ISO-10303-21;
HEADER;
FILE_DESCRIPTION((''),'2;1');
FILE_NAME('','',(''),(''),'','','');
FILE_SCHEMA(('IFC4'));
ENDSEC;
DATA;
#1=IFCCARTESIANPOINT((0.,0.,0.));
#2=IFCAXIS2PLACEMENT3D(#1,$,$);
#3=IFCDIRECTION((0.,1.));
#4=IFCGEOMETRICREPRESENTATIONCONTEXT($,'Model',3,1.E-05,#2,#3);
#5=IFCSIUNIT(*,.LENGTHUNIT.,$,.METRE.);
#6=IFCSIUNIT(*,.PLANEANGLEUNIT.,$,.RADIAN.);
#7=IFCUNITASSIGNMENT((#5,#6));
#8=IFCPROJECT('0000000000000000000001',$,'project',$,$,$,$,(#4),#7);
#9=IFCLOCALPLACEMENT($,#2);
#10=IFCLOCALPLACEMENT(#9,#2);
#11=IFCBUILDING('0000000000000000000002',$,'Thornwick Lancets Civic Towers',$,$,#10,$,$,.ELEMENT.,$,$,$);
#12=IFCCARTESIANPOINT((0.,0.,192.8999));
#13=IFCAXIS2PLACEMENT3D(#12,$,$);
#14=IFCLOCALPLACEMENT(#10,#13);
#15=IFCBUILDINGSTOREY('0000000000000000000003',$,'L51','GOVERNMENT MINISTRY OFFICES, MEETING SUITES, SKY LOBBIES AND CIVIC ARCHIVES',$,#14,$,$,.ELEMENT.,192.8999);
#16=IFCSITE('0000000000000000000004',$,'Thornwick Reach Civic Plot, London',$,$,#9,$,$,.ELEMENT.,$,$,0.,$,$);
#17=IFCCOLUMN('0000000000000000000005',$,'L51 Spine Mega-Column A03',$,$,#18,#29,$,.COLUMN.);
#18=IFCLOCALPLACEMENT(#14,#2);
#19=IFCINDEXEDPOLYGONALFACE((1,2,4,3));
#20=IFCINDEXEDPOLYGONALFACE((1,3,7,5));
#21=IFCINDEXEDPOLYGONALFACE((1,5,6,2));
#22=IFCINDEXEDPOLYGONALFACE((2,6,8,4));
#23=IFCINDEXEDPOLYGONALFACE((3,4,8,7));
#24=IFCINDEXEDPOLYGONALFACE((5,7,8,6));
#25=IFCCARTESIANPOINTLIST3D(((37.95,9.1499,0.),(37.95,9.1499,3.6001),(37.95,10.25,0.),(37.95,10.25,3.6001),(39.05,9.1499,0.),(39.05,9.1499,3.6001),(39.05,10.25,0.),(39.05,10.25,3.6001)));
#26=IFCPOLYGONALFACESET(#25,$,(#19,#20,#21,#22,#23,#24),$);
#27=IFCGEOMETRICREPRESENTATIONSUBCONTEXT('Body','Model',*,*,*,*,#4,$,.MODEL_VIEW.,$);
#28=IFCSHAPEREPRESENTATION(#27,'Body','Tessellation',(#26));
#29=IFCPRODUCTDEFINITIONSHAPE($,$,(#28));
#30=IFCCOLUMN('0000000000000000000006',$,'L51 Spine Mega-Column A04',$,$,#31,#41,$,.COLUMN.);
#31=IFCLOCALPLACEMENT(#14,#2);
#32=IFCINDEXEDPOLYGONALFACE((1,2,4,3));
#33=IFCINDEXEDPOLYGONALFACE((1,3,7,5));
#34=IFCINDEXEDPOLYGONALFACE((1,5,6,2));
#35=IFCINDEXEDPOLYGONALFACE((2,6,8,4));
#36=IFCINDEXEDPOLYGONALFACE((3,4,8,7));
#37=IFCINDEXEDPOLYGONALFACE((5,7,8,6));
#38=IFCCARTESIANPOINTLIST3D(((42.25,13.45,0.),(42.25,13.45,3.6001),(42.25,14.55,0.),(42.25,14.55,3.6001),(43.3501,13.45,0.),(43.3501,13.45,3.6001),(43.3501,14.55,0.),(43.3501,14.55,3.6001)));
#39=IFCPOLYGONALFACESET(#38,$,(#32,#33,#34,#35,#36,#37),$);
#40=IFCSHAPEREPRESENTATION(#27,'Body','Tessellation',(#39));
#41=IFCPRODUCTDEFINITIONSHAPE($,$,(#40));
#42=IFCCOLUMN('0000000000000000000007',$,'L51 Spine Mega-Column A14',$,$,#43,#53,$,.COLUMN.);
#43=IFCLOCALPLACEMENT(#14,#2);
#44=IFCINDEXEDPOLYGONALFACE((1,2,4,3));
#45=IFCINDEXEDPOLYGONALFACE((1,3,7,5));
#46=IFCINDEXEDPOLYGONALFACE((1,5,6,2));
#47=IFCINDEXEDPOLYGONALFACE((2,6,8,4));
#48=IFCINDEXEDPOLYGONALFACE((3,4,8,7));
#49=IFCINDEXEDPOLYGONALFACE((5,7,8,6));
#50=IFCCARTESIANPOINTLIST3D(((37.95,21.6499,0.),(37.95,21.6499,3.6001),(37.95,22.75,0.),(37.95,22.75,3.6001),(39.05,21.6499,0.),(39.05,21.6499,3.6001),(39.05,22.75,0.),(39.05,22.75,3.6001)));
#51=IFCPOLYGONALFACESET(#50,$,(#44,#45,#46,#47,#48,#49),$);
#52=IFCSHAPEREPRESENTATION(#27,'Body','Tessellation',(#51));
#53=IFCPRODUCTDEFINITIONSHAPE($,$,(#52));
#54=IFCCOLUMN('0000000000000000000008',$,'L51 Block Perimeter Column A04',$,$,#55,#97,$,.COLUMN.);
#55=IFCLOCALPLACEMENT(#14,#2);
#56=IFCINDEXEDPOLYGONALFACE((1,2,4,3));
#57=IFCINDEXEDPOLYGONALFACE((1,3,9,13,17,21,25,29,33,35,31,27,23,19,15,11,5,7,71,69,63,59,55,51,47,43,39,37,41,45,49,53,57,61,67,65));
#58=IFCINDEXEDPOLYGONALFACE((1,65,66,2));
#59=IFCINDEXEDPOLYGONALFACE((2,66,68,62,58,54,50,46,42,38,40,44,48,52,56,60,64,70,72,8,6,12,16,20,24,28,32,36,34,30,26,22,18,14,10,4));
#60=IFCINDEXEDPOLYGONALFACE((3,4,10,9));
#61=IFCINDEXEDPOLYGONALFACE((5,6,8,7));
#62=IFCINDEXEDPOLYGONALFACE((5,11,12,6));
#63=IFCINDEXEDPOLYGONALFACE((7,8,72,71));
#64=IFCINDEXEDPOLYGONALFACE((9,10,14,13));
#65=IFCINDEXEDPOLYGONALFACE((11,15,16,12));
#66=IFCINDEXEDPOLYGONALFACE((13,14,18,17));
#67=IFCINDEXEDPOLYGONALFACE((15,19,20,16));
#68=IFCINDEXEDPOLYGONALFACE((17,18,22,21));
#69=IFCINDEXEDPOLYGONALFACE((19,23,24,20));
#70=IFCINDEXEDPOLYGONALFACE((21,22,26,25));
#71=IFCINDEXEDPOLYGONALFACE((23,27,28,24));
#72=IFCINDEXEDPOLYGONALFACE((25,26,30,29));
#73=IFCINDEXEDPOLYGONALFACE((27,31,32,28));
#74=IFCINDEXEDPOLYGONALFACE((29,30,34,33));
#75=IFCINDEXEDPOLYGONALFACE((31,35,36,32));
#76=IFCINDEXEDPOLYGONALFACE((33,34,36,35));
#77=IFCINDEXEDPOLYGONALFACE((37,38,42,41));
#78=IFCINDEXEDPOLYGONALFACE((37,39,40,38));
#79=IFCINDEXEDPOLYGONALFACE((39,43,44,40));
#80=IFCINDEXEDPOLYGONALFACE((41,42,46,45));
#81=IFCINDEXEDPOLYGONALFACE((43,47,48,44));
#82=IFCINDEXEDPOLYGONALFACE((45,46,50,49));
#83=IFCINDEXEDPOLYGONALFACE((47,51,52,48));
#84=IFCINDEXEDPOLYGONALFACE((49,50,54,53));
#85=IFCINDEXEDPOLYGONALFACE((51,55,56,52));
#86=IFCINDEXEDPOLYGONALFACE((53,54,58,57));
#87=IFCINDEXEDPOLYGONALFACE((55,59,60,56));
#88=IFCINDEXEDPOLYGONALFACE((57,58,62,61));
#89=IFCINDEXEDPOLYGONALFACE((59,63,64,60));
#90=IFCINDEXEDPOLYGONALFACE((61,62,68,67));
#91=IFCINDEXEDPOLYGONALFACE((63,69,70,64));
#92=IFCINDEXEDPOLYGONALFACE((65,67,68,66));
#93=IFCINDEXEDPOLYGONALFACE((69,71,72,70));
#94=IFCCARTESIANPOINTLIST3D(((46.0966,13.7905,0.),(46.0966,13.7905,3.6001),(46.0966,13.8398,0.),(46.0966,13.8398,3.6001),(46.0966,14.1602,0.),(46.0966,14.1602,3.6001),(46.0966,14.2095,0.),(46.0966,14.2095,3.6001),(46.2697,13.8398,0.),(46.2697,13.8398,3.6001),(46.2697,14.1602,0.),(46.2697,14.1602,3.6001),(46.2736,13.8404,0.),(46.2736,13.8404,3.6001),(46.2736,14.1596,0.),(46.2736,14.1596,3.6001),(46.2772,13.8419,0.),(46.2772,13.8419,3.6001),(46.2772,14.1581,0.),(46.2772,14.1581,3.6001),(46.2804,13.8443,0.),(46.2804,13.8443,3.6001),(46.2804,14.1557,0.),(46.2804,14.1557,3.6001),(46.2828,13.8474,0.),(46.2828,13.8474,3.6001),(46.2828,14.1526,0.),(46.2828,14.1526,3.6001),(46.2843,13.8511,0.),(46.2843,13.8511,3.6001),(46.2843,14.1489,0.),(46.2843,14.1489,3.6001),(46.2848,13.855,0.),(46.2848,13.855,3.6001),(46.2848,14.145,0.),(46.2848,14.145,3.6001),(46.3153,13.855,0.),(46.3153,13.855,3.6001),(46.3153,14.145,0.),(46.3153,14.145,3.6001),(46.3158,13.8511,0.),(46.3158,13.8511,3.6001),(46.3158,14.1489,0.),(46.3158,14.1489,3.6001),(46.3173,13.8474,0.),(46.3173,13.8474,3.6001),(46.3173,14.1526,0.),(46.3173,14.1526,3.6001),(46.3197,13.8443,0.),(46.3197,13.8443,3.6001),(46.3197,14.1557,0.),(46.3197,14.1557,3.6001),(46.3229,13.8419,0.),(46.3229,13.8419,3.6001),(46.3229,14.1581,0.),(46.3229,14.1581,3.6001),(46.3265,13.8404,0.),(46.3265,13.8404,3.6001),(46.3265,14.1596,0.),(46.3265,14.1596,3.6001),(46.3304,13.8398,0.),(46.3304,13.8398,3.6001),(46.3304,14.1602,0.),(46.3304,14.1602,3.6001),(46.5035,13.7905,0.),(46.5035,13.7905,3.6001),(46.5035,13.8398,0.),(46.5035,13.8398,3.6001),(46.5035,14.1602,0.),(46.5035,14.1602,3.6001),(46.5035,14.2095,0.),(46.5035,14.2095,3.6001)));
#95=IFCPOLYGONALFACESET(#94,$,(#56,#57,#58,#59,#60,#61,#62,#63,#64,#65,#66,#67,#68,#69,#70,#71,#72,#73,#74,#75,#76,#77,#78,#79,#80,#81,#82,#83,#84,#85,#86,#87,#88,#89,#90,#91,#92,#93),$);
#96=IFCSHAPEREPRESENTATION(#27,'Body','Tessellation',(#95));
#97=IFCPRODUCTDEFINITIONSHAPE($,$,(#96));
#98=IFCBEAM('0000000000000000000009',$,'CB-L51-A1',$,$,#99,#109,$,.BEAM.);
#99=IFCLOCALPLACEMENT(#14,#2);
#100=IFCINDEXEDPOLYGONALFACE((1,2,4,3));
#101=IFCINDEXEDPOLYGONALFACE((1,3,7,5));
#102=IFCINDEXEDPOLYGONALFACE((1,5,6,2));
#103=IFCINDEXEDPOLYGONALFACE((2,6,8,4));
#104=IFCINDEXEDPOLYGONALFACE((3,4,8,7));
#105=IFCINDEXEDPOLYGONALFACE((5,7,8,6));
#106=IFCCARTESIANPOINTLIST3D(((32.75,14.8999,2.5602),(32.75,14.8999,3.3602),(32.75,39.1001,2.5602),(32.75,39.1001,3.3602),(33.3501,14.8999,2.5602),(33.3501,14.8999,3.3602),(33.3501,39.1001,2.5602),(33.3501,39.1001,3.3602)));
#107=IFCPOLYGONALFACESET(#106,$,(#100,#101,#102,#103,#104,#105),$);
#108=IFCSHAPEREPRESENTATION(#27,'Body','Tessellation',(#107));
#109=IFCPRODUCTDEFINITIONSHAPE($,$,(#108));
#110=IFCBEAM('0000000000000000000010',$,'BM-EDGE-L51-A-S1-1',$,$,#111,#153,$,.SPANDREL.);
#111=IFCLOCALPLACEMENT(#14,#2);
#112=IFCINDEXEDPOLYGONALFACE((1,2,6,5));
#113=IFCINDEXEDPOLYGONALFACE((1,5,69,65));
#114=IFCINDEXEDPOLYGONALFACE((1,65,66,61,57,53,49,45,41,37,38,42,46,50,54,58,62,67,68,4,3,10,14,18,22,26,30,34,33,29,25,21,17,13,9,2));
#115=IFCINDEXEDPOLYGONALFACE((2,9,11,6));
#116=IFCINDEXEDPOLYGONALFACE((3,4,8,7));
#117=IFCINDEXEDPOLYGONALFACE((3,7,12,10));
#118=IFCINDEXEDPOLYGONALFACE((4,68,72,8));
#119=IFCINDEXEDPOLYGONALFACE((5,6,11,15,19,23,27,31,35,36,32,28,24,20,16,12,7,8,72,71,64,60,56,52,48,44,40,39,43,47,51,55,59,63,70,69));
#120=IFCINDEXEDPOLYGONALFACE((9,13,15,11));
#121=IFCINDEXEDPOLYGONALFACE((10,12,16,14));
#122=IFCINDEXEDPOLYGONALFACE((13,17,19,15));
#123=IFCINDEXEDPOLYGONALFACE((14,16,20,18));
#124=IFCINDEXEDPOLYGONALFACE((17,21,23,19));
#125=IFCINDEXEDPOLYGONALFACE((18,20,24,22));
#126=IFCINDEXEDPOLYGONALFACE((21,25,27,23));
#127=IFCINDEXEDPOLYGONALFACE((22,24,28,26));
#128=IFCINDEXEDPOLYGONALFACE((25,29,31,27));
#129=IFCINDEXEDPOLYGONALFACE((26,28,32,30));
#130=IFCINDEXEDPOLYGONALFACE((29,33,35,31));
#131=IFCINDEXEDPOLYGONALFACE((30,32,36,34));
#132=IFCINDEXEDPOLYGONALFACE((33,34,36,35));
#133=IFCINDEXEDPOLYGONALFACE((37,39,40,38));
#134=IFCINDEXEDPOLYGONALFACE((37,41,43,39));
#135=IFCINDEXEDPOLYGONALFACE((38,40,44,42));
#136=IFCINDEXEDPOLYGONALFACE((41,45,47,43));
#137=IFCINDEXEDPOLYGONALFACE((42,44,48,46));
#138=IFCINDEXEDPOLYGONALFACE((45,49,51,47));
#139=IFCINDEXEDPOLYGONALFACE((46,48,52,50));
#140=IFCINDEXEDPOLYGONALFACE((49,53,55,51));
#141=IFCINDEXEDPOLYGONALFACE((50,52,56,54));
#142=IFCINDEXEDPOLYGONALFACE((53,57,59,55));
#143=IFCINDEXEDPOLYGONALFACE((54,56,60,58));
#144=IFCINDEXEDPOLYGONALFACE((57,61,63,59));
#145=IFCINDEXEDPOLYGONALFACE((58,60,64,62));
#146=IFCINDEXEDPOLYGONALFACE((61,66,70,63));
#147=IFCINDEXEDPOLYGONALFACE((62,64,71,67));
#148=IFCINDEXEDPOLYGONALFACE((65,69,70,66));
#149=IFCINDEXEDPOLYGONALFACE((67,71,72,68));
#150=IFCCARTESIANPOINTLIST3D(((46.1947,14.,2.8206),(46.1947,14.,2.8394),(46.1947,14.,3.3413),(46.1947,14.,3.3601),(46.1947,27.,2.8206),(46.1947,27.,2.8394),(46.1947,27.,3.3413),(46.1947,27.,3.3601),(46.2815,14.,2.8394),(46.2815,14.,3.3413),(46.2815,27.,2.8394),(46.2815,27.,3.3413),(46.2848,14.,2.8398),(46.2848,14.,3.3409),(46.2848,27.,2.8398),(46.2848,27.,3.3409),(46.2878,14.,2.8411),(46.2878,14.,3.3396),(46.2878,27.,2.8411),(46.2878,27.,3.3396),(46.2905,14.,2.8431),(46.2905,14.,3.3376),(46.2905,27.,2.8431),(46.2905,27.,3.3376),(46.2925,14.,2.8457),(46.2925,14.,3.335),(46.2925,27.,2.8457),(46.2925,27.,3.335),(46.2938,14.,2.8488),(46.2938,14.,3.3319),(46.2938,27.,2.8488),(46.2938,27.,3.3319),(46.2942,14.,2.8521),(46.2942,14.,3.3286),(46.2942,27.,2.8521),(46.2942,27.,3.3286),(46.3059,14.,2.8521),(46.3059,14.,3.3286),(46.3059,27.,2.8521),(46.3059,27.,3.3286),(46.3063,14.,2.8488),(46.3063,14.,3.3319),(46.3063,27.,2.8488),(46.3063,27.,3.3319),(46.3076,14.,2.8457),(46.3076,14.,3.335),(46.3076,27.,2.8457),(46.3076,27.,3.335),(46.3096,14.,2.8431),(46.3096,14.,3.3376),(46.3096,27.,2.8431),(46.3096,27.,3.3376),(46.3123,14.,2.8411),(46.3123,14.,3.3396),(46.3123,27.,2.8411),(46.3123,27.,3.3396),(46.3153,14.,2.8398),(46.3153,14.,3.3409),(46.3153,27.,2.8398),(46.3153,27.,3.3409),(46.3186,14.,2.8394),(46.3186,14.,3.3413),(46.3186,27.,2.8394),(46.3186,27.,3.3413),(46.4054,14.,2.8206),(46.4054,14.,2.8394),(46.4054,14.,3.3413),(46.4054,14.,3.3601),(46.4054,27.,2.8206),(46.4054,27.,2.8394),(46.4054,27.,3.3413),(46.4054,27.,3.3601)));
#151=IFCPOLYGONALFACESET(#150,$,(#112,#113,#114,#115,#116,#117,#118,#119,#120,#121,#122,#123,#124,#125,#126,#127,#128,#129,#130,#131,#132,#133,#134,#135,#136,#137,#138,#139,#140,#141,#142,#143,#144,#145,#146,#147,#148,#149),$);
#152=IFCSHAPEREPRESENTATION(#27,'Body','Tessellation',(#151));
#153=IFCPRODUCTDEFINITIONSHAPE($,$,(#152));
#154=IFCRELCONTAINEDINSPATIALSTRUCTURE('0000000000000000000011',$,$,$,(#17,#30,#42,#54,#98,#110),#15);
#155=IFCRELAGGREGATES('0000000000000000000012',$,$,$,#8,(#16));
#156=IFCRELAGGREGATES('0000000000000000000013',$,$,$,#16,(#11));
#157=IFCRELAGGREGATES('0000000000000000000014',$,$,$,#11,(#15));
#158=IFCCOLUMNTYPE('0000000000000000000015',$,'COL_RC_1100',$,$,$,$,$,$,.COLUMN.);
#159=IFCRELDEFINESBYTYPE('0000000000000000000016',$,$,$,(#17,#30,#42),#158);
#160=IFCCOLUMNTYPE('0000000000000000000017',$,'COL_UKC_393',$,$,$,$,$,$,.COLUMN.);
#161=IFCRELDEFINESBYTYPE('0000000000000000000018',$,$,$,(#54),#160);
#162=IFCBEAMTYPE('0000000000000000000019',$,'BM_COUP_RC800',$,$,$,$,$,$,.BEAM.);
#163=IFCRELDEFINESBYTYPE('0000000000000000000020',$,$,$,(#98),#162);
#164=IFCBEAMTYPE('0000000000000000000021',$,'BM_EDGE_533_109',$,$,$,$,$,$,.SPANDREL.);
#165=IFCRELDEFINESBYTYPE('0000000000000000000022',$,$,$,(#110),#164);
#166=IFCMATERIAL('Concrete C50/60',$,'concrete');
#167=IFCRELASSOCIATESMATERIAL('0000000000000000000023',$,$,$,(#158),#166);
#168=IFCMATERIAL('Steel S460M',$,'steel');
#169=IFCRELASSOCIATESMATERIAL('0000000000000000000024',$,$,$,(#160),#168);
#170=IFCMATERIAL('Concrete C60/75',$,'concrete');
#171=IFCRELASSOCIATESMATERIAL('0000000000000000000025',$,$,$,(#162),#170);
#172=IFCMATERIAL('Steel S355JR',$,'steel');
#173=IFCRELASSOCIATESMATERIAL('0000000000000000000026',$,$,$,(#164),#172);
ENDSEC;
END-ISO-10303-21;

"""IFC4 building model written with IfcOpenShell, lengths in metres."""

from ifc_helpers import new_model, si_unit, direction, frame, origin, origin_2d, place, context, subcontext, project, spatial, rectangle, i_section, extrude, material, material_profile, profile_set, type_object, element, save


model = new_model("IFC4")

# Units and contexts
model_context = context("Model", 3, precision=1e-05, world=origin(), true_north=direction((0.0, 1.0)))
body_context = subcontext(model_context, "Body", "Model", "MODEL_VIEW")
ifc_project = project(units=[si_unit("LENGTHUNIT", "METRE"), si_unit("PLANEANGLEUNIT", "RADIAN")], contexts=[model_context])

# Site, building, storey
site_placement = place(None, origin())
site = spatial("IfcSite", under=ifc_project, at=site_placement, Name="Thornwick Reach Civic Plot, London", CompositionType="ELEMENT", RefElevation=0.0)
building_placement = place(site_placement, origin())
building = spatial("IfcBuilding", under=site, at=building_placement, Name="Thornwick Lancets Civic Towers", CompositionType="ELEMENT")
storey_placement = place(building_placement, frame((0.0, 0.0, 192.8999)))
storey = spatial("IfcBuildingStorey", under=building, at=storey_placement, Name="L51", Description="GOVERNMENT MINISTRY OFFICES, MEETING SUITES, SKY LOBBIES AND CIVIC ARCHIVES", CompositionType="ELEMENT", Elevation=192.8999)

# Columns
ifc_material_1 = material(Name="Concrete C50/60", Category="concrete")
ifc_material_profile_1 = material_profile(ifc_material_1, rectangle(XDim=1.1001, YDim=1.1001, at=origin_2d()), Name="RC 1100x1100")
ifc_profile_set_1 = profile_set([ifc_material_profile_1], Name="Concrete C50/60")
column_type_1 = type_object("IfcColumnType", Name="COL_RC_1100", PredefinedType="COLUMN", material=ifc_profile_set_1)
for number, where, z_axis, x_axis, name in (
    (1, (38.5, 9.7, 0.0), (0.0, 0.0, 1.0), (1.0, 0.0, 0.0), "L51 Spine Mega-Column A03"),
    (2, (42.8, 14.0, 0.0), (0.0, 0.0, 1.0), (1.0, 0.0, 0.0), "L51 Spine Mega-Column A04"),
    (3, (38.5, 22.2, 0.0), (0.0, 0.0, 1.0), (1.0, 0.0, 0.0), "L51 Spine Mega-Column A14"),
):
    element("IfcColumn", number, at=place(storey_placement, frame(where, z_axis=z_axis, x_axis=x_axis)), inside=storey, type_object=column_type_1, Name=name, PredefinedType="COLUMN", context=body_context, shape_type="SweptSolid", body=[
        extrude(rectangle(XDim=1.1001, YDim=1.1001, at=origin_2d()), origin(), (0.0, 0.0, 1.0), 3.6001),
    ])
ifc_material_2 = material(Name="Steel S460M", Category="steel")
ifc_material_profile_2 = material_profile(ifc_material_2, i_section(OverallWidth=0.407, OverallDepth=0.4189, WebThickness=0.0305, FlangeThickness=0.0493, FilletRadius=0.0151, at=origin_2d()), Name="UKC 356x406x393")
ifc_profile_set_2 = profile_set([ifc_material_profile_2], Name="Steel S460M")
column_type_2 = type_object("IfcColumnType", Name="COL_UKC_393", PredefinedType="COLUMN", material=ifc_profile_set_2)
column_placement = place(storey_placement, frame((46.3, 14.0, 0.0), z_axis=(0.0, 0.0, 1.0), x_axis=(1.0, 0.0, 0.0)))
element("IfcColumn", 4, at=column_placement, inside=storey, type_object=column_type_2, Name="L51 Block Perimeter Column A04", PredefinedType="COLUMN", context=body_context, shape_type="SweptSolid", body=[
    extrude(i_section(OverallWidth=0.407, OverallDepth=0.4189, WebThickness=0.0305, FlangeThickness=0.0493, FilletRadius=0.0151, at=origin_2d()), origin(), (0.0, 0.0, 1.0), 3.6001),
])

# Beams
ifc_material_3 = material(Name="Concrete C60/75", Category="concrete")
ifc_material_profile_3 = material_profile(ifc_material_3, rectangle(XDim=0.6001, YDim=0.8, at=origin_2d()), Name="RC 600x800")
ifc_profile_set_3 = profile_set([ifc_material_profile_3], Name="Concrete C60/75")
beam_type_1 = type_object("IfcBeamType", Name="BM_COUP_RC800", PredefinedType="BEAM", material=ifc_profile_set_3)
beam_1_placement = place(storey_placement, frame((33.05, 14.8999, 2.9602), z_axis=(0.0, 1.0, 0.0), x_axis=(-1.0, 0.0, 0.0)))
element("IfcBeam", 5, at=beam_1_placement, inside=storey, type_object=beam_type_1, Name="CB-L51-A1", PredefinedType="BEAM", context=body_context, shape_type="SweptSolid", body=[
    extrude(rectangle(XDim=0.6001, YDim=0.8, at=origin_2d()), origin(), (0.0, 0.0, 1.0), 24.2002),
])
ifc_material_4 = material(Name="Steel S355JR", Category="steel")
ifc_material_profile_4 = material_profile(ifc_material_4, i_section(OverallWidth=0.2107, OverallDepth=0.5396, WebThickness=0.0117, FlangeThickness=0.0188, FilletRadius=0.0127, at=origin_2d()), Name="UKB 533x210x109")
ifc_profile_set_4 = profile_set([ifc_material_profile_4], Name="Steel S355JR")
beam_type_2 = type_object("IfcBeamType", Name="BM_EDGE_533_109", PredefinedType="SPANDREL", material=ifc_profile_set_4)
beam_2_placement = place(storey_placement, frame((46.3, 14.0, 3.0903), z_axis=(0.0, 1.0, 0.0), x_axis=(-1.0, 0.0, 0.0)))
element("IfcBeam", 6, at=beam_2_placement, inside=storey, type_object=beam_type_2, Name="BM-EDGE-L51-A-S1-1", PredefinedType="SPANDREL", context=body_context, shape_type="SweptSolid", body=[
    extrude(i_section(OverallWidth=0.2107, OverallDepth=0.5396, WebThickness=0.0117, FlangeThickness=0.0188, FilletRadius=0.0127, at=origin_2d()), origin(), (0.0, 0.0, 1.0), 13.0),
])

save(model, "model.ifc")
